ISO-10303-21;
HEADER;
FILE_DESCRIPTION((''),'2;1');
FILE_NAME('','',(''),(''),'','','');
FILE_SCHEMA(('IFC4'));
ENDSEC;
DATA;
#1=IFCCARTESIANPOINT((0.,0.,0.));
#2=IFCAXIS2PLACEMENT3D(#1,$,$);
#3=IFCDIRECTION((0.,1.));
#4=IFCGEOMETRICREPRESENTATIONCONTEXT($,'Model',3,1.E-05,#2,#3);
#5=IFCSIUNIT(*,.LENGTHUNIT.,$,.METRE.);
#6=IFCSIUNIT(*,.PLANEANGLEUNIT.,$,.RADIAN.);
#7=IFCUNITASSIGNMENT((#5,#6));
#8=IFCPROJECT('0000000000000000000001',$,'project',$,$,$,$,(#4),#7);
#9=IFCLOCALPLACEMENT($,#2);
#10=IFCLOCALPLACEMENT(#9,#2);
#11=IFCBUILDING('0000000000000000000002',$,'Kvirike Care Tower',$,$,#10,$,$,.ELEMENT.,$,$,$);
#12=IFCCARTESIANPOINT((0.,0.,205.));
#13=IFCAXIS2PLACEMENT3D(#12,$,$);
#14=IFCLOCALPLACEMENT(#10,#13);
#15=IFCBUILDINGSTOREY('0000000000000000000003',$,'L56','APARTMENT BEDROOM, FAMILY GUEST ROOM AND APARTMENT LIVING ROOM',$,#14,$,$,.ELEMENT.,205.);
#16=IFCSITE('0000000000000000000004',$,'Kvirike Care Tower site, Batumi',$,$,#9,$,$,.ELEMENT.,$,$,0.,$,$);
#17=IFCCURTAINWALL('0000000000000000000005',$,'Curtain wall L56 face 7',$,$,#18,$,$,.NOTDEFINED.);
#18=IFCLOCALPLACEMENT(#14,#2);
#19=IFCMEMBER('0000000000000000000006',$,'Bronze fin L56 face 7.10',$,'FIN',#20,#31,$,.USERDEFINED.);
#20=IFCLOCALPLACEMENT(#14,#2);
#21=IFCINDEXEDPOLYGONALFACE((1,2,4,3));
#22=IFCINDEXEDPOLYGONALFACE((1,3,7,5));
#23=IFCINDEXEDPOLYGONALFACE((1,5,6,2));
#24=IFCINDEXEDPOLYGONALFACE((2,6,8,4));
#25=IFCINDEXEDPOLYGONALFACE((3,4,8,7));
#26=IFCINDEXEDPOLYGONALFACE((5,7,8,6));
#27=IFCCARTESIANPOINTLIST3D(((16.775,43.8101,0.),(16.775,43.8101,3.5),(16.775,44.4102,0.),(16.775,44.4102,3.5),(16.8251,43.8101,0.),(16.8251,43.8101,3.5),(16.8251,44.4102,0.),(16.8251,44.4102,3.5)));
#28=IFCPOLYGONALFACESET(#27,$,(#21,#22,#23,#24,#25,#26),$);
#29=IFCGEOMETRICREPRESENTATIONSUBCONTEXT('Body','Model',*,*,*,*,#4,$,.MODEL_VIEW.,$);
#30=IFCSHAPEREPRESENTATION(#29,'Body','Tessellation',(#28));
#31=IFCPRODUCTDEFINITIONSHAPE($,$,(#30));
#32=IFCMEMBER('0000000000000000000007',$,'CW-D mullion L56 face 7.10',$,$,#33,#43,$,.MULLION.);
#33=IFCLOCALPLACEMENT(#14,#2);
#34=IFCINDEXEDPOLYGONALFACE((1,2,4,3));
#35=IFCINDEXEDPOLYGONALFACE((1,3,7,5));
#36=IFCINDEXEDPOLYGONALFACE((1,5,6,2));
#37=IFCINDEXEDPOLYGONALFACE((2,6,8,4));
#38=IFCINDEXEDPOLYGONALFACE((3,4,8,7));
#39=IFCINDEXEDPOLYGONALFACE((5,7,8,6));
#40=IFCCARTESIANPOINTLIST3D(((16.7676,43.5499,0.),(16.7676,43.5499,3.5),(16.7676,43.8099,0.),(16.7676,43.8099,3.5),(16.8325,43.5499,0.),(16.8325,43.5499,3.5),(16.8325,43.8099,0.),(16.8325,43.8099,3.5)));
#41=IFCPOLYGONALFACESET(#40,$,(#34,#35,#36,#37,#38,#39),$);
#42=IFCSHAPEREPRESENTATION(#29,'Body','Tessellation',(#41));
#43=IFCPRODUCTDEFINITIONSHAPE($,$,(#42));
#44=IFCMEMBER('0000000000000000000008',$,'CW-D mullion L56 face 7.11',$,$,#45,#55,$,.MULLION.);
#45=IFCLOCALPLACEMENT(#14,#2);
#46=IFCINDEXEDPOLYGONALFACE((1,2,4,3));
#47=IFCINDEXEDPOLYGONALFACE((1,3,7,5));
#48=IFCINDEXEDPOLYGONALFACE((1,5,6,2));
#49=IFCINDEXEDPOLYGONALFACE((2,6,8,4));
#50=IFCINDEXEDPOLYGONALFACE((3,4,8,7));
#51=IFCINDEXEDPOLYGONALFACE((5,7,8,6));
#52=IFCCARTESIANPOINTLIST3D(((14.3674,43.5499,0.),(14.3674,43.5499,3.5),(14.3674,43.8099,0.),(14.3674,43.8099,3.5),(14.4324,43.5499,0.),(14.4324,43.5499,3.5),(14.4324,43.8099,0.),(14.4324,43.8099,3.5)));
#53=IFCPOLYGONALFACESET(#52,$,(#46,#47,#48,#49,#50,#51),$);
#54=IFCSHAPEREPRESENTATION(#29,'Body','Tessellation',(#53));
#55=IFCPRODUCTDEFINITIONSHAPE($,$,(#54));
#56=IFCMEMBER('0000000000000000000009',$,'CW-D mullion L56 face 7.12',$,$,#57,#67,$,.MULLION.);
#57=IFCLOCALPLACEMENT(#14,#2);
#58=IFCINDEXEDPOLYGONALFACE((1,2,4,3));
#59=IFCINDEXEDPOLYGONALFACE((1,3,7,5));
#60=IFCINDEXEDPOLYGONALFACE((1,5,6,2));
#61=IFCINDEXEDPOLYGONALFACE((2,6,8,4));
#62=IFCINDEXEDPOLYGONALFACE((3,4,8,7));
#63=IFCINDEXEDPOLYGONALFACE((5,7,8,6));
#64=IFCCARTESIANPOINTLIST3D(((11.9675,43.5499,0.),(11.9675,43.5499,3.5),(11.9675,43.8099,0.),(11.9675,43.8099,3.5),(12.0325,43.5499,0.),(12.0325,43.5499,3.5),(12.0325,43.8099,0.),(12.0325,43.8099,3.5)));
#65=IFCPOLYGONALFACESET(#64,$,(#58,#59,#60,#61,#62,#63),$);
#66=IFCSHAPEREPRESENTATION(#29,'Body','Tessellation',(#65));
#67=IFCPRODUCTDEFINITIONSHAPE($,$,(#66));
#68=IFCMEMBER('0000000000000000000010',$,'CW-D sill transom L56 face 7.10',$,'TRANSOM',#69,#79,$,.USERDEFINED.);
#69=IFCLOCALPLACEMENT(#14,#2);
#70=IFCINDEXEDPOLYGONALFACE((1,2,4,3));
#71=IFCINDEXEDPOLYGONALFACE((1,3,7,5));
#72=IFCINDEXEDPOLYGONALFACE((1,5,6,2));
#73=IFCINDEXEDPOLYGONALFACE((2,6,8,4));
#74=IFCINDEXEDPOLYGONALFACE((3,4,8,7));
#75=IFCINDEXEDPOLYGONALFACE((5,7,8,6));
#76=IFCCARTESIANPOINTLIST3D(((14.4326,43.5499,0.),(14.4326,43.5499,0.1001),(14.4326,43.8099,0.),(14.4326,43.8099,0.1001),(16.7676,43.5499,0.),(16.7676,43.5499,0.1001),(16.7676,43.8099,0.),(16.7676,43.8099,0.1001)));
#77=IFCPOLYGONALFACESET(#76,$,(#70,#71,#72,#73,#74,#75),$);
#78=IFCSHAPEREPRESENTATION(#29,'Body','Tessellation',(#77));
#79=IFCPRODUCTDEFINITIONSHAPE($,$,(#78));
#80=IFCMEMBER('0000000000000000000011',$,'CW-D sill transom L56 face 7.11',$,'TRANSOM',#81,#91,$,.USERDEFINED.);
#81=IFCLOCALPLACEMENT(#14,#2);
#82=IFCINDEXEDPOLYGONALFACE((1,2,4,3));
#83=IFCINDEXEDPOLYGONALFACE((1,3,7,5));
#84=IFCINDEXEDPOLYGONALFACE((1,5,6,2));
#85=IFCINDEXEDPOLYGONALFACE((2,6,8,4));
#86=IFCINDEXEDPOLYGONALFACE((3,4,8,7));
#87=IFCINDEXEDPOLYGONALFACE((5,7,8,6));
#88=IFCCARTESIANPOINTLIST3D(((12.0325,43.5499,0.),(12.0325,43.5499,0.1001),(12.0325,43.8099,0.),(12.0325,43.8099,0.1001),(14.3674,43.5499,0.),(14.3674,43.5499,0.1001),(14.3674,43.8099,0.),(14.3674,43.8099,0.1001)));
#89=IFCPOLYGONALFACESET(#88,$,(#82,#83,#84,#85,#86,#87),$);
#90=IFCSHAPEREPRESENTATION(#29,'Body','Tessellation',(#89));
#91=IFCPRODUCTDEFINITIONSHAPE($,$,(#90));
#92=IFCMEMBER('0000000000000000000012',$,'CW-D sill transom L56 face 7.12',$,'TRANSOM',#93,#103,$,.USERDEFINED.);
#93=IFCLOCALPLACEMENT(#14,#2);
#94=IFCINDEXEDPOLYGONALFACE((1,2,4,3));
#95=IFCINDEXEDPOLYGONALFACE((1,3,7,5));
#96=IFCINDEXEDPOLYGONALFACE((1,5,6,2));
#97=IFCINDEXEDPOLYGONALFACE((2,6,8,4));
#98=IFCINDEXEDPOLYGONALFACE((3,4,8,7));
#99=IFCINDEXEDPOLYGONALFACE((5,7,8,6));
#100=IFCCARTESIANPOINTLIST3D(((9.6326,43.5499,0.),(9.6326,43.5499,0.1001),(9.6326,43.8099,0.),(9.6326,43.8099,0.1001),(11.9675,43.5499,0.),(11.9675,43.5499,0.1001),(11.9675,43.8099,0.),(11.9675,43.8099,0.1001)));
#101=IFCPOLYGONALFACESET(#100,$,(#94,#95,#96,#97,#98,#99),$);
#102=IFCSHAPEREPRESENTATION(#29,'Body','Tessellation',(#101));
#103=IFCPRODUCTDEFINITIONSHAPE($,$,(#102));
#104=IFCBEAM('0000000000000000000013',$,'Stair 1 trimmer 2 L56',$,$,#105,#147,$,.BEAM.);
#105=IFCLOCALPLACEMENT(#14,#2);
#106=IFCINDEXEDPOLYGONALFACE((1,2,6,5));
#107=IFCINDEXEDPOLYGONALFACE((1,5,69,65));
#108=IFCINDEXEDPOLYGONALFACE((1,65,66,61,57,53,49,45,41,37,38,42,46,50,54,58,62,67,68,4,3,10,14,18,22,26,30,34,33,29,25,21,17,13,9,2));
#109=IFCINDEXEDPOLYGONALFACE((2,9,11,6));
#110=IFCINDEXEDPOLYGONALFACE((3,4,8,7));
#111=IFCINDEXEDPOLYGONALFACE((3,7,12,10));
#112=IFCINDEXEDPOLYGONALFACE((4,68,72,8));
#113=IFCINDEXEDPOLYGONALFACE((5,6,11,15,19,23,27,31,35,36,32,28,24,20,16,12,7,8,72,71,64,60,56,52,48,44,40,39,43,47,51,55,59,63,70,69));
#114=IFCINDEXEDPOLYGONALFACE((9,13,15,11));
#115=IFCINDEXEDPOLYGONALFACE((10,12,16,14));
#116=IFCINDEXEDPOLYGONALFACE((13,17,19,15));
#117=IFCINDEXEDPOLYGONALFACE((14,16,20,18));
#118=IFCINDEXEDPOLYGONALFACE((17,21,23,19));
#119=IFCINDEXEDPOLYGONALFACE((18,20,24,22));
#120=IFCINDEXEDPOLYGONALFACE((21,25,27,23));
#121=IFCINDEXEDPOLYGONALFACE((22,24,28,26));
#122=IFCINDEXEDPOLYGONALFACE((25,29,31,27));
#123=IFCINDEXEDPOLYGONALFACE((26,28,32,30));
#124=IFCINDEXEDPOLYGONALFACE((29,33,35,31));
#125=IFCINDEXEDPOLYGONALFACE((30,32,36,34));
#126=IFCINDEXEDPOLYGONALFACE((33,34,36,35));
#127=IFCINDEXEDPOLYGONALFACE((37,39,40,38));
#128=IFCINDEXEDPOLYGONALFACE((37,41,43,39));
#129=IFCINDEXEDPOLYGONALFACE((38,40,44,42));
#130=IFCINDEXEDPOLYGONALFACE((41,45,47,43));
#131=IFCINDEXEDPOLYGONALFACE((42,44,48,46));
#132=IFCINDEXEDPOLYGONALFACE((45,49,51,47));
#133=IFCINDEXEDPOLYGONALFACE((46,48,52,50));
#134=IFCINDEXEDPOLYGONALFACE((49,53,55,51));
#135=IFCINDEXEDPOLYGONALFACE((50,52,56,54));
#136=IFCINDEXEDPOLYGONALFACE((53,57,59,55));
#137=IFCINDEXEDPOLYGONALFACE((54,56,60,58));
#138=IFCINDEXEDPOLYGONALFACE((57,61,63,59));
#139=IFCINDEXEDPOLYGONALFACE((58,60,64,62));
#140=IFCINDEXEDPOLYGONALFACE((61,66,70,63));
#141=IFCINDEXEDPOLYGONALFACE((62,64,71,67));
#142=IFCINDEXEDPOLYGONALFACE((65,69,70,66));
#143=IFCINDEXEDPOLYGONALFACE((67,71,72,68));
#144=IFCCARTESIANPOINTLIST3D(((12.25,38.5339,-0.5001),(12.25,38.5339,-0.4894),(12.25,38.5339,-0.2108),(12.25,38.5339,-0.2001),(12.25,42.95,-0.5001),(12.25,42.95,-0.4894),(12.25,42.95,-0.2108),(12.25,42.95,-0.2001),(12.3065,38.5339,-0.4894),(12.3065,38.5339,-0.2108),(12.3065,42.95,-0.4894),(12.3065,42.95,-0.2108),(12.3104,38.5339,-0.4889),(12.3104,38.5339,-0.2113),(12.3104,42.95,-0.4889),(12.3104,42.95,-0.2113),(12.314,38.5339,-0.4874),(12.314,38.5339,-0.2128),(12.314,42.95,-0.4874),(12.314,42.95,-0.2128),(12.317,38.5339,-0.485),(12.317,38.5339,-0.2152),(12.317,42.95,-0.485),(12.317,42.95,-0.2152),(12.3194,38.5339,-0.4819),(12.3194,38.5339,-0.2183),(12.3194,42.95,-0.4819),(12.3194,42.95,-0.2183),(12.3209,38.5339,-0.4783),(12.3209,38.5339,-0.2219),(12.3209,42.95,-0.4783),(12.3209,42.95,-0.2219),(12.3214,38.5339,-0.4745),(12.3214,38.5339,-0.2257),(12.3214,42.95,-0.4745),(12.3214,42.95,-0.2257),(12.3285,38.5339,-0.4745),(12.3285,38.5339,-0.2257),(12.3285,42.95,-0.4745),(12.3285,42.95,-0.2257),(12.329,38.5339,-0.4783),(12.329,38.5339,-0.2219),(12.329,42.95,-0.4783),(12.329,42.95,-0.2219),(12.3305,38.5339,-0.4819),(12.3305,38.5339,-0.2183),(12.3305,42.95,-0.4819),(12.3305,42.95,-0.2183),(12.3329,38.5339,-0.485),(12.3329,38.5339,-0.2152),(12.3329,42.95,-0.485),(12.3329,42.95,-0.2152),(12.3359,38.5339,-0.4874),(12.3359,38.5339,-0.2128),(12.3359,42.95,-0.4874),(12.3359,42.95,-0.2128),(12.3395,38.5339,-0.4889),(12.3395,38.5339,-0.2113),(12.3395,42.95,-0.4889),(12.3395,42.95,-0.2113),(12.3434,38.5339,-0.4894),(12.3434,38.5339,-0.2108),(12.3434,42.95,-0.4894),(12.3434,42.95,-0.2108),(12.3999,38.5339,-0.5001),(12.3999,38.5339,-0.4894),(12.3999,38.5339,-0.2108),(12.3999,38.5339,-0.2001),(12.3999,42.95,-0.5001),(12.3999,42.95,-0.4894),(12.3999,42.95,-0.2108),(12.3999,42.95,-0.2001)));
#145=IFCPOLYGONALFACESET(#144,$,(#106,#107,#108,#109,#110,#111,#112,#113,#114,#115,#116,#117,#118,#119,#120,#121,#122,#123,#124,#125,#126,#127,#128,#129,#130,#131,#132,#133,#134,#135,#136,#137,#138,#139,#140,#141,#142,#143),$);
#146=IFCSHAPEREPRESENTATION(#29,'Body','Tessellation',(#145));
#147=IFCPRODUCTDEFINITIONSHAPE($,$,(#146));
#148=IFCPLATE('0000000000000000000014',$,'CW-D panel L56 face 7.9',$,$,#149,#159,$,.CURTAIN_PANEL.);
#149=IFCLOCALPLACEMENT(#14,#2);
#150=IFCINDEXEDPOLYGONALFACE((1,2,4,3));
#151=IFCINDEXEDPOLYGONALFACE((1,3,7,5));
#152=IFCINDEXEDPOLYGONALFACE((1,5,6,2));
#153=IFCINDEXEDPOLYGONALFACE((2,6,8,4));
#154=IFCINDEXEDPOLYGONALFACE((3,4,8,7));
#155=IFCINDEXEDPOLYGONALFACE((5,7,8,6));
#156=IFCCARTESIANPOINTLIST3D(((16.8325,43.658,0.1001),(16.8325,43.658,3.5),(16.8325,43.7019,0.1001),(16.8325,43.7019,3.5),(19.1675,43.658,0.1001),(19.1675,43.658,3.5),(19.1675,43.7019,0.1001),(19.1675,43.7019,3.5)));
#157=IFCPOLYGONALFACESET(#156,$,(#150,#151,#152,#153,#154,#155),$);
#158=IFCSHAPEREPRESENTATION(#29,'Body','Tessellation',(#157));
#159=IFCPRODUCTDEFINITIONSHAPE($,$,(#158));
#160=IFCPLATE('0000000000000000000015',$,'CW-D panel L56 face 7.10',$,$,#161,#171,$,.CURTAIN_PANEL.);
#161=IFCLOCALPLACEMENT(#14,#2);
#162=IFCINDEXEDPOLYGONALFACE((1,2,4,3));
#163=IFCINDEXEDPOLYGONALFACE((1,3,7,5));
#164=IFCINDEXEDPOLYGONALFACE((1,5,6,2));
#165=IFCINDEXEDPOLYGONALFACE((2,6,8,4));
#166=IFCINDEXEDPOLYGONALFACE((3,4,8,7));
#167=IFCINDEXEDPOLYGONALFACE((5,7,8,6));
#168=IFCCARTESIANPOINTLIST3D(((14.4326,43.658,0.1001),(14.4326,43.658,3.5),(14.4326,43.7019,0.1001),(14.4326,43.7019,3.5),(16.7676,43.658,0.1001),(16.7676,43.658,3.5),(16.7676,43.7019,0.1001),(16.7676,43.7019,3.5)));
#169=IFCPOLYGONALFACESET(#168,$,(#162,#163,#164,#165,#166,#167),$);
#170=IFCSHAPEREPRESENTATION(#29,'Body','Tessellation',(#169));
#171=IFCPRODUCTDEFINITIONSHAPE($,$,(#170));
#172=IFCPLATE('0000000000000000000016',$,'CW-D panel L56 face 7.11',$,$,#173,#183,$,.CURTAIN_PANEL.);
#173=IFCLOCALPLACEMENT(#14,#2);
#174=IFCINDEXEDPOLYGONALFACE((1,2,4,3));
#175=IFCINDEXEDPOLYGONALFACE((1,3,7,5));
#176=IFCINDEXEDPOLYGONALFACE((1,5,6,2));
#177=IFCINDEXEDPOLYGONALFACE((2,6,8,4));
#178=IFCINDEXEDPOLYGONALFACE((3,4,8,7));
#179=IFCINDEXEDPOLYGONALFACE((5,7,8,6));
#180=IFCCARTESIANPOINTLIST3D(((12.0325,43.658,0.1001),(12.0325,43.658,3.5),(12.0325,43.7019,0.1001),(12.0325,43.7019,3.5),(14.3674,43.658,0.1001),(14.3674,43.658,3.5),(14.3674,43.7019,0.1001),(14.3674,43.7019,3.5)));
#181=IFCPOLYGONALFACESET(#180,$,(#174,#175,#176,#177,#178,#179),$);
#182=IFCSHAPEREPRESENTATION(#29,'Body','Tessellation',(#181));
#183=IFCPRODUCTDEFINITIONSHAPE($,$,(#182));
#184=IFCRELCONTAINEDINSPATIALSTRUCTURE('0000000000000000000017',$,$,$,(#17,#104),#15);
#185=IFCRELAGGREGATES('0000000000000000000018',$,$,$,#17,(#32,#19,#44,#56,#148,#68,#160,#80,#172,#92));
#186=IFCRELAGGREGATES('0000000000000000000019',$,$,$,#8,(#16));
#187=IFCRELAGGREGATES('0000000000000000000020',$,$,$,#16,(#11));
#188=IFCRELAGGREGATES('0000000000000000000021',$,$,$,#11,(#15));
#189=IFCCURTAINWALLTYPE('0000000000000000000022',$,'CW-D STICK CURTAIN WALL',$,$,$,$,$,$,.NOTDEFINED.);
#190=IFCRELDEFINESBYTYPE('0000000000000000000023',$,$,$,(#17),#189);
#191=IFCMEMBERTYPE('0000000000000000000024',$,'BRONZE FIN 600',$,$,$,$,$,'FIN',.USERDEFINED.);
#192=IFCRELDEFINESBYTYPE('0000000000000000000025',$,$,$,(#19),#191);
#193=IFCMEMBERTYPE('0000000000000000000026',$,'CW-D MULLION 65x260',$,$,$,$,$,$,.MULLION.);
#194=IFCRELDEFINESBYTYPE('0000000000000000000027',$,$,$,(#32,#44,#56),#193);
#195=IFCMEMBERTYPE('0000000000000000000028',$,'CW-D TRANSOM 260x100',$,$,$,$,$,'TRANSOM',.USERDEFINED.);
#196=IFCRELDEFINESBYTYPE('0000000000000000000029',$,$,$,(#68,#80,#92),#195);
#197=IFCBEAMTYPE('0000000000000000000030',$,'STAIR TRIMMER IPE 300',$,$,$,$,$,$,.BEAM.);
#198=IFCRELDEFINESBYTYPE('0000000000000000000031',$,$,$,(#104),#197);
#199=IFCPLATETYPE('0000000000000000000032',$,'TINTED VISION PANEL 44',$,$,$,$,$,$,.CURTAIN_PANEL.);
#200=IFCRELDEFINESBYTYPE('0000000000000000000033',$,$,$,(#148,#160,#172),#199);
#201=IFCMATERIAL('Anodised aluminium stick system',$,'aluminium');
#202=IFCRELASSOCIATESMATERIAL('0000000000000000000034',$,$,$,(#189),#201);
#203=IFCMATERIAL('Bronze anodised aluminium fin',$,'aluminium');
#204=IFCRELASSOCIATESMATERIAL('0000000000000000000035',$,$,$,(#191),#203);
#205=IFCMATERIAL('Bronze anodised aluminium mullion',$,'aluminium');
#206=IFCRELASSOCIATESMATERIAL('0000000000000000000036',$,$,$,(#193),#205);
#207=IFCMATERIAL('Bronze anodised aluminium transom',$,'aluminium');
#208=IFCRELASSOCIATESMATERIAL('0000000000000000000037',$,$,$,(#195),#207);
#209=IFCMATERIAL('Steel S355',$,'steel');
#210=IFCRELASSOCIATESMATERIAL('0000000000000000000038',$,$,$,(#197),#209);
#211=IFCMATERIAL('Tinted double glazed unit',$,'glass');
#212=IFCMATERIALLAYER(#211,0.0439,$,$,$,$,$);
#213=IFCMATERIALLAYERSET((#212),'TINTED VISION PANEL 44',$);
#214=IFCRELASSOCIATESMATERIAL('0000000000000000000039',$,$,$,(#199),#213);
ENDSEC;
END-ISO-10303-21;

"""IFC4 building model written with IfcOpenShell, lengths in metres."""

from ifc_helpers import new_model, si_unit, direction, frame, origin, origin_2d, place, context, subcontext, project, spatial, rectangle, i_section, extrude, material, layer, layer_set, material_profile, profile_set, type_object, element, aggregate, save


model = new_model("IFC4")

# Units and contexts
model_context = context("Model", 3, precision=1e-05, world=origin(), true_north=direction((0.0, 1.0)))
body_context = subcontext(model_context, "Body", "Model", "MODEL_VIEW")
ifc_project = project(units=[si_unit("LENGTHUNIT", "METRE"), si_unit("PLANEANGLEUNIT", "RADIAN")], contexts=[model_context])

# Site, building, storey
site_placement = place(None, origin())
site = spatial("IfcSite", under=ifc_project, at=site_placement, Name="Kvirike Care Tower site, Batumi", CompositionType="ELEMENT", RefElevation=0.0)
building_placement = place(site_placement, origin())
building = spatial("IfcBuilding", under=site, at=building_placement, Name="Kvirike Care Tower", CompositionType="ELEMENT")
storey_placement = place(building_placement, frame((0.0, 0.0, 205.0)))
storey = spatial("IfcBuildingStorey", under=building, at=storey_placement, Name="L56", Description="APARTMENT BEDROOM, FAMILY GUEST ROOM AND APARTMENT LIVING ROOM", CompositionType="ELEMENT", Elevation=205.0)

# Curtain wall, members
ifc_material_1 = material(Name="Anodised aluminium stick system", Category="aluminium")
curtain_wall_type = type_object("IfcCurtainWallType", Name="CW-D STICK CURTAIN WALL", PredefinedType="NOTDEFINED", material=ifc_material_1)
curtain_wall_placement = place(storey_placement, origin())
curtain_wall = element("IfcCurtainWall", 1, at=curtain_wall_placement, inside=storey, type_object=curtain_wall_type, Name="Curtain wall L56 face 7", PredefinedType="NOTDEFINED")
ifc_material_2 = material(Name="Bronze anodised aluminium fin", Category="aluminium")
ifc_material_profile_1 = material_profile(ifc_material_2, rectangle(XDim=0.05, YDim=0.6001, at=origin_2d()), Name="BRONZE FIN 600")
ifc_profile_set_1 = profile_set([ifc_material_profile_1], Name="Bronze anodised aluminium fin")
member_type_1 = type_object("IfcMemberType", Name="BRONZE FIN 600", ElementType="FIN", PredefinedType="USERDEFINED", material=ifc_profile_set_1)
member_1_placement = place(storey_placement, frame((16.8, 44.1101, 0.0), z_axis=(0.0, 0.0, 1.0), x_axis=(-1.0, 0.0, 0.0)))
member_1 = element("IfcMember", 2, at=member_1_placement, type_object=member_type_1, Name="Bronze fin L56 face 7.10", ObjectType="FIN", PredefinedType="USERDEFINED", context=body_context, shape_type="SweptSolid", body=[
    extrude(rectangle(XDim=0.05, YDim=0.6001, at=origin_2d()), origin(), (0.0, 0.0, 1.0), 3.5),
])
ifc_material_3 = material(Name="Bronze anodised aluminium mullion", Category="aluminium")
ifc_material_profile_2 = material_profile(ifc_material_3, rectangle(XDim=0.0649, YDim=0.26, at=origin_2d()), Name="CW-D MULLION 65x260")
ifc_profile_set_2 = profile_set([ifc_material_profile_2], Name="Bronze anodised aluminium mullion")
member_type_2 = type_object("IfcMemberType", Name="CW-D MULLION 65x260", PredefinedType="MULLION", material=ifc_profile_set_2)
member_2_placement = place(storey_placement, frame((16.8, 43.6799, 0.0), z_axis=(0.0, 0.0, 1.0), x_axis=(-1.0, 0.0, 0.0)))
member_2 = element("IfcMember", 3, at=member_2_placement, type_object=member_type_2, Name="CW-D mullion L56 face 7.10", PredefinedType="MULLION", context=body_context, shape_type="SweptSolid", body=[
    extrude(rectangle(XDim=0.0649, YDim=0.26, at=origin_2d()), origin(), (0.0, 0.0, 1.0), 3.5),
])
member_3_placement = place(storey_placement, frame((14.3999, 43.6799, 0.0), z_axis=(0.0, 0.0, 1.0), x_axis=(-1.0, 0.0, 0.0)))
member_3 = element("IfcMember", 4, at=member_3_placement, type_object=member_type_2, Name="CW-D mullion L56 face 7.11", PredefinedType="MULLION", context=body_context, shape_type="SweptSolid", body=[
    extrude(rectangle(XDim=0.0649, YDim=0.26, at=origin_2d()), origin(), (0.0, 0.0, 1.0), 3.5),
])
member_4_placement = place(storey_placement, frame((12.0, 43.6799, 0.0), z_axis=(0.0, 0.0, 1.0), x_axis=(-1.0, 0.0, 0.0)))
member_4 = element("IfcMember", 5, at=member_4_placement, type_object=member_type_2, Name="CW-D mullion L56 face 7.12", PredefinedType="MULLION", context=body_context, shape_type="SweptSolid", body=[
    extrude(rectangle(XDim=0.0649, YDim=0.26, at=origin_2d()), origin(), (0.0, 0.0, 1.0), 3.5),
])
ifc_material_4 = material(Name="Bronze anodised aluminium transom", Category="aluminium")
ifc_material_profile_3 = material_profile(ifc_material_4, rectangle(XDim=0.26, YDim=0.1001, at=origin_2d()), Name="CW-D TRANSOM 260x100")
ifc_profile_set_3 = profile_set([ifc_material_profile_3], Name="Bronze anodised aluminium transom")
member_type_3 = type_object("IfcMemberType", Name="CW-D TRANSOM 260x100", ElementType="TRANSOM", PredefinedType="USERDEFINED", material=ifc_profile_set_3)
member_5_placement = place(storey_placement, frame((16.7676, 43.6799, 0.05), z_axis=(-1.0, 0.0, 0.0), x_axis=(0.0, -1.0, 0.0)))
member_5 = element("IfcMember", 6, at=member_5_placement, type_object=member_type_3, Name="CW-D sill transom L56 face 7.10", ObjectType="TRANSOM", PredefinedType="USERDEFINED", context=body_context, shape_type="SweptSolid", body=[
    extrude(rectangle(XDim=0.26, YDim=0.1001, at=origin_2d()), origin(), (0.0, 0.0, 1.0), 2.335),
])
member_6_placement = place(storey_placement, frame((14.3674, 43.6799, 0.05), z_axis=(-1.0, 0.0, 0.0), x_axis=(0.0, -1.0, 0.0)))
member_6 = element("IfcMember", 7, at=member_6_placement, type_object=member_type_3, Name="CW-D sill transom L56 face 7.11", ObjectType="TRANSOM", PredefinedType="USERDEFINED", context=body_context, shape_type="SweptSolid", body=[
    extrude(rectangle(XDim=0.26, YDim=0.1001, at=origin_2d()), origin(), (0.0, 0.0, 1.0), 2.335),
])
member_7_placement = place(storey_placement, frame((11.9675, 43.6799, 0.05), z_axis=(-1.0, 0.0, 0.0), x_axis=(0.0, -1.0, 0.0)))
member_7 = element("IfcMember", 8, at=member_7_placement, type_object=member_type_3, Name="CW-D sill transom L56 face 7.12", ObjectType="TRANSOM", PredefinedType="USERDEFINED", context=body_context, shape_type="SweptSolid", body=[
    extrude(rectangle(XDim=0.26, YDim=0.1001, at=origin_2d()), origin(), (0.0, 0.0, 1.0), 2.335),
])

# Beam
ifc_material_5 = material(Name="Steel S355", Category="steel")
ifc_material_profile_4 = material_profile(ifc_material_5, i_section(OverallWidth=0.1499, OverallDepth=0.3, WebThickness=0.0071, FlangeThickness=0.0107, FilletRadius=0.0149, at=origin_2d()), Name="IPE 300")
ifc_profile_set_4 = profile_set([ifc_material_profile_4], Name="Steel S355")
beam_type = type_object("IfcBeamType", Name="STAIR TRIMMER IPE 300", PredefinedType="BEAM", material=ifc_profile_set_4)
beam_placement = place(storey_placement, frame((12.325, 42.95, -0.3501), z_axis=(0.0, -1.0, 0.0), x_axis=(1.0, 0.0, 0.0)))
element("IfcBeam", 9, at=beam_placement, inside=storey, type_object=beam_type, Name="Stair 1 trimmer 2 L56", PredefinedType="BEAM", context=body_context, shape_type="SweptSolid", body=[
    extrude(i_section(OverallWidth=0.1499, OverallDepth=0.3, WebThickness=0.0071, FlangeThickness=0.0107, FilletRadius=0.0149, at=origin_2d()), origin(), (0.0, 0.0, 1.0), 4.416),
])

# Plates
ifc_material_6 = material(Name="Tinted double glazed unit", Category="glass")
ifc_layer_1 = layer(ifc_material_6, 0.0439)
ifc_layer_set_1 = layer_set([ifc_layer_1], Name="TINTED VISION PANEL 44")
plate_type = type_object("IfcPlateType", Name="TINTED VISION PANEL 44", PredefinedType="CURTAIN_PANEL", material=ifc_layer_set_1)
plate_1_placement = place(storey_placement, frame((18.0, 43.6799, 0.1001), z_axis=(0.0, 0.0, 1.0), x_axis=(-1.0, 0.0, 0.0)))
plate_1 = element("IfcPlate", 10, at=plate_1_placement, type_object=plate_type, Name="CW-D panel L56 face 7.9", PredefinedType="CURTAIN_PANEL", context=body_context, shape_type="SweptSolid", body=[
    extrude(rectangle(XDim=2.335, YDim=0.0439, at=origin_2d()), origin(), (0.0, 0.0, 1.0), 3.3999),
])
plate_2_placement = place(storey_placement, frame((15.6001, 43.6799, 0.1001), z_axis=(0.0, 0.0, 1.0), x_axis=(-1.0, 0.0, 0.0)))
plate_2 = element("IfcPlate", 11, at=plate_2_placement, type_object=plate_type, Name="CW-D panel L56 face 7.10", PredefinedType="CURTAIN_PANEL", context=body_context, shape_type="SweptSolid", body=[
    extrude(rectangle(XDim=2.335, YDim=0.0439, at=origin_2d()), origin(), (0.0, 0.0, 1.0), 3.3999),
])
plate_3_placement = place(storey_placement, frame((13.2, 43.6799, 0.1001), z_axis=(0.0, 0.0, 1.0), x_axis=(-1.0, 0.0, 0.0)))
plate_3 = element("IfcPlate", 12, at=plate_3_placement, type_object=plate_type, Name="CW-D panel L56 face 7.11", PredefinedType="CURTAIN_PANEL", context=body_context, shape_type="SweptSolid", body=[
    extrude(rectangle(XDim=2.335, YDim=0.0439, at=origin_2d()), origin(), (0.0, 0.0, 1.0), 3.3999),
])
aggregate(curtain_wall, [member_2, member_1, member_3, member_4, plate_1, member_5, plate_2, member_6, plate_3, member_7])

save(model, "model.ifc")
